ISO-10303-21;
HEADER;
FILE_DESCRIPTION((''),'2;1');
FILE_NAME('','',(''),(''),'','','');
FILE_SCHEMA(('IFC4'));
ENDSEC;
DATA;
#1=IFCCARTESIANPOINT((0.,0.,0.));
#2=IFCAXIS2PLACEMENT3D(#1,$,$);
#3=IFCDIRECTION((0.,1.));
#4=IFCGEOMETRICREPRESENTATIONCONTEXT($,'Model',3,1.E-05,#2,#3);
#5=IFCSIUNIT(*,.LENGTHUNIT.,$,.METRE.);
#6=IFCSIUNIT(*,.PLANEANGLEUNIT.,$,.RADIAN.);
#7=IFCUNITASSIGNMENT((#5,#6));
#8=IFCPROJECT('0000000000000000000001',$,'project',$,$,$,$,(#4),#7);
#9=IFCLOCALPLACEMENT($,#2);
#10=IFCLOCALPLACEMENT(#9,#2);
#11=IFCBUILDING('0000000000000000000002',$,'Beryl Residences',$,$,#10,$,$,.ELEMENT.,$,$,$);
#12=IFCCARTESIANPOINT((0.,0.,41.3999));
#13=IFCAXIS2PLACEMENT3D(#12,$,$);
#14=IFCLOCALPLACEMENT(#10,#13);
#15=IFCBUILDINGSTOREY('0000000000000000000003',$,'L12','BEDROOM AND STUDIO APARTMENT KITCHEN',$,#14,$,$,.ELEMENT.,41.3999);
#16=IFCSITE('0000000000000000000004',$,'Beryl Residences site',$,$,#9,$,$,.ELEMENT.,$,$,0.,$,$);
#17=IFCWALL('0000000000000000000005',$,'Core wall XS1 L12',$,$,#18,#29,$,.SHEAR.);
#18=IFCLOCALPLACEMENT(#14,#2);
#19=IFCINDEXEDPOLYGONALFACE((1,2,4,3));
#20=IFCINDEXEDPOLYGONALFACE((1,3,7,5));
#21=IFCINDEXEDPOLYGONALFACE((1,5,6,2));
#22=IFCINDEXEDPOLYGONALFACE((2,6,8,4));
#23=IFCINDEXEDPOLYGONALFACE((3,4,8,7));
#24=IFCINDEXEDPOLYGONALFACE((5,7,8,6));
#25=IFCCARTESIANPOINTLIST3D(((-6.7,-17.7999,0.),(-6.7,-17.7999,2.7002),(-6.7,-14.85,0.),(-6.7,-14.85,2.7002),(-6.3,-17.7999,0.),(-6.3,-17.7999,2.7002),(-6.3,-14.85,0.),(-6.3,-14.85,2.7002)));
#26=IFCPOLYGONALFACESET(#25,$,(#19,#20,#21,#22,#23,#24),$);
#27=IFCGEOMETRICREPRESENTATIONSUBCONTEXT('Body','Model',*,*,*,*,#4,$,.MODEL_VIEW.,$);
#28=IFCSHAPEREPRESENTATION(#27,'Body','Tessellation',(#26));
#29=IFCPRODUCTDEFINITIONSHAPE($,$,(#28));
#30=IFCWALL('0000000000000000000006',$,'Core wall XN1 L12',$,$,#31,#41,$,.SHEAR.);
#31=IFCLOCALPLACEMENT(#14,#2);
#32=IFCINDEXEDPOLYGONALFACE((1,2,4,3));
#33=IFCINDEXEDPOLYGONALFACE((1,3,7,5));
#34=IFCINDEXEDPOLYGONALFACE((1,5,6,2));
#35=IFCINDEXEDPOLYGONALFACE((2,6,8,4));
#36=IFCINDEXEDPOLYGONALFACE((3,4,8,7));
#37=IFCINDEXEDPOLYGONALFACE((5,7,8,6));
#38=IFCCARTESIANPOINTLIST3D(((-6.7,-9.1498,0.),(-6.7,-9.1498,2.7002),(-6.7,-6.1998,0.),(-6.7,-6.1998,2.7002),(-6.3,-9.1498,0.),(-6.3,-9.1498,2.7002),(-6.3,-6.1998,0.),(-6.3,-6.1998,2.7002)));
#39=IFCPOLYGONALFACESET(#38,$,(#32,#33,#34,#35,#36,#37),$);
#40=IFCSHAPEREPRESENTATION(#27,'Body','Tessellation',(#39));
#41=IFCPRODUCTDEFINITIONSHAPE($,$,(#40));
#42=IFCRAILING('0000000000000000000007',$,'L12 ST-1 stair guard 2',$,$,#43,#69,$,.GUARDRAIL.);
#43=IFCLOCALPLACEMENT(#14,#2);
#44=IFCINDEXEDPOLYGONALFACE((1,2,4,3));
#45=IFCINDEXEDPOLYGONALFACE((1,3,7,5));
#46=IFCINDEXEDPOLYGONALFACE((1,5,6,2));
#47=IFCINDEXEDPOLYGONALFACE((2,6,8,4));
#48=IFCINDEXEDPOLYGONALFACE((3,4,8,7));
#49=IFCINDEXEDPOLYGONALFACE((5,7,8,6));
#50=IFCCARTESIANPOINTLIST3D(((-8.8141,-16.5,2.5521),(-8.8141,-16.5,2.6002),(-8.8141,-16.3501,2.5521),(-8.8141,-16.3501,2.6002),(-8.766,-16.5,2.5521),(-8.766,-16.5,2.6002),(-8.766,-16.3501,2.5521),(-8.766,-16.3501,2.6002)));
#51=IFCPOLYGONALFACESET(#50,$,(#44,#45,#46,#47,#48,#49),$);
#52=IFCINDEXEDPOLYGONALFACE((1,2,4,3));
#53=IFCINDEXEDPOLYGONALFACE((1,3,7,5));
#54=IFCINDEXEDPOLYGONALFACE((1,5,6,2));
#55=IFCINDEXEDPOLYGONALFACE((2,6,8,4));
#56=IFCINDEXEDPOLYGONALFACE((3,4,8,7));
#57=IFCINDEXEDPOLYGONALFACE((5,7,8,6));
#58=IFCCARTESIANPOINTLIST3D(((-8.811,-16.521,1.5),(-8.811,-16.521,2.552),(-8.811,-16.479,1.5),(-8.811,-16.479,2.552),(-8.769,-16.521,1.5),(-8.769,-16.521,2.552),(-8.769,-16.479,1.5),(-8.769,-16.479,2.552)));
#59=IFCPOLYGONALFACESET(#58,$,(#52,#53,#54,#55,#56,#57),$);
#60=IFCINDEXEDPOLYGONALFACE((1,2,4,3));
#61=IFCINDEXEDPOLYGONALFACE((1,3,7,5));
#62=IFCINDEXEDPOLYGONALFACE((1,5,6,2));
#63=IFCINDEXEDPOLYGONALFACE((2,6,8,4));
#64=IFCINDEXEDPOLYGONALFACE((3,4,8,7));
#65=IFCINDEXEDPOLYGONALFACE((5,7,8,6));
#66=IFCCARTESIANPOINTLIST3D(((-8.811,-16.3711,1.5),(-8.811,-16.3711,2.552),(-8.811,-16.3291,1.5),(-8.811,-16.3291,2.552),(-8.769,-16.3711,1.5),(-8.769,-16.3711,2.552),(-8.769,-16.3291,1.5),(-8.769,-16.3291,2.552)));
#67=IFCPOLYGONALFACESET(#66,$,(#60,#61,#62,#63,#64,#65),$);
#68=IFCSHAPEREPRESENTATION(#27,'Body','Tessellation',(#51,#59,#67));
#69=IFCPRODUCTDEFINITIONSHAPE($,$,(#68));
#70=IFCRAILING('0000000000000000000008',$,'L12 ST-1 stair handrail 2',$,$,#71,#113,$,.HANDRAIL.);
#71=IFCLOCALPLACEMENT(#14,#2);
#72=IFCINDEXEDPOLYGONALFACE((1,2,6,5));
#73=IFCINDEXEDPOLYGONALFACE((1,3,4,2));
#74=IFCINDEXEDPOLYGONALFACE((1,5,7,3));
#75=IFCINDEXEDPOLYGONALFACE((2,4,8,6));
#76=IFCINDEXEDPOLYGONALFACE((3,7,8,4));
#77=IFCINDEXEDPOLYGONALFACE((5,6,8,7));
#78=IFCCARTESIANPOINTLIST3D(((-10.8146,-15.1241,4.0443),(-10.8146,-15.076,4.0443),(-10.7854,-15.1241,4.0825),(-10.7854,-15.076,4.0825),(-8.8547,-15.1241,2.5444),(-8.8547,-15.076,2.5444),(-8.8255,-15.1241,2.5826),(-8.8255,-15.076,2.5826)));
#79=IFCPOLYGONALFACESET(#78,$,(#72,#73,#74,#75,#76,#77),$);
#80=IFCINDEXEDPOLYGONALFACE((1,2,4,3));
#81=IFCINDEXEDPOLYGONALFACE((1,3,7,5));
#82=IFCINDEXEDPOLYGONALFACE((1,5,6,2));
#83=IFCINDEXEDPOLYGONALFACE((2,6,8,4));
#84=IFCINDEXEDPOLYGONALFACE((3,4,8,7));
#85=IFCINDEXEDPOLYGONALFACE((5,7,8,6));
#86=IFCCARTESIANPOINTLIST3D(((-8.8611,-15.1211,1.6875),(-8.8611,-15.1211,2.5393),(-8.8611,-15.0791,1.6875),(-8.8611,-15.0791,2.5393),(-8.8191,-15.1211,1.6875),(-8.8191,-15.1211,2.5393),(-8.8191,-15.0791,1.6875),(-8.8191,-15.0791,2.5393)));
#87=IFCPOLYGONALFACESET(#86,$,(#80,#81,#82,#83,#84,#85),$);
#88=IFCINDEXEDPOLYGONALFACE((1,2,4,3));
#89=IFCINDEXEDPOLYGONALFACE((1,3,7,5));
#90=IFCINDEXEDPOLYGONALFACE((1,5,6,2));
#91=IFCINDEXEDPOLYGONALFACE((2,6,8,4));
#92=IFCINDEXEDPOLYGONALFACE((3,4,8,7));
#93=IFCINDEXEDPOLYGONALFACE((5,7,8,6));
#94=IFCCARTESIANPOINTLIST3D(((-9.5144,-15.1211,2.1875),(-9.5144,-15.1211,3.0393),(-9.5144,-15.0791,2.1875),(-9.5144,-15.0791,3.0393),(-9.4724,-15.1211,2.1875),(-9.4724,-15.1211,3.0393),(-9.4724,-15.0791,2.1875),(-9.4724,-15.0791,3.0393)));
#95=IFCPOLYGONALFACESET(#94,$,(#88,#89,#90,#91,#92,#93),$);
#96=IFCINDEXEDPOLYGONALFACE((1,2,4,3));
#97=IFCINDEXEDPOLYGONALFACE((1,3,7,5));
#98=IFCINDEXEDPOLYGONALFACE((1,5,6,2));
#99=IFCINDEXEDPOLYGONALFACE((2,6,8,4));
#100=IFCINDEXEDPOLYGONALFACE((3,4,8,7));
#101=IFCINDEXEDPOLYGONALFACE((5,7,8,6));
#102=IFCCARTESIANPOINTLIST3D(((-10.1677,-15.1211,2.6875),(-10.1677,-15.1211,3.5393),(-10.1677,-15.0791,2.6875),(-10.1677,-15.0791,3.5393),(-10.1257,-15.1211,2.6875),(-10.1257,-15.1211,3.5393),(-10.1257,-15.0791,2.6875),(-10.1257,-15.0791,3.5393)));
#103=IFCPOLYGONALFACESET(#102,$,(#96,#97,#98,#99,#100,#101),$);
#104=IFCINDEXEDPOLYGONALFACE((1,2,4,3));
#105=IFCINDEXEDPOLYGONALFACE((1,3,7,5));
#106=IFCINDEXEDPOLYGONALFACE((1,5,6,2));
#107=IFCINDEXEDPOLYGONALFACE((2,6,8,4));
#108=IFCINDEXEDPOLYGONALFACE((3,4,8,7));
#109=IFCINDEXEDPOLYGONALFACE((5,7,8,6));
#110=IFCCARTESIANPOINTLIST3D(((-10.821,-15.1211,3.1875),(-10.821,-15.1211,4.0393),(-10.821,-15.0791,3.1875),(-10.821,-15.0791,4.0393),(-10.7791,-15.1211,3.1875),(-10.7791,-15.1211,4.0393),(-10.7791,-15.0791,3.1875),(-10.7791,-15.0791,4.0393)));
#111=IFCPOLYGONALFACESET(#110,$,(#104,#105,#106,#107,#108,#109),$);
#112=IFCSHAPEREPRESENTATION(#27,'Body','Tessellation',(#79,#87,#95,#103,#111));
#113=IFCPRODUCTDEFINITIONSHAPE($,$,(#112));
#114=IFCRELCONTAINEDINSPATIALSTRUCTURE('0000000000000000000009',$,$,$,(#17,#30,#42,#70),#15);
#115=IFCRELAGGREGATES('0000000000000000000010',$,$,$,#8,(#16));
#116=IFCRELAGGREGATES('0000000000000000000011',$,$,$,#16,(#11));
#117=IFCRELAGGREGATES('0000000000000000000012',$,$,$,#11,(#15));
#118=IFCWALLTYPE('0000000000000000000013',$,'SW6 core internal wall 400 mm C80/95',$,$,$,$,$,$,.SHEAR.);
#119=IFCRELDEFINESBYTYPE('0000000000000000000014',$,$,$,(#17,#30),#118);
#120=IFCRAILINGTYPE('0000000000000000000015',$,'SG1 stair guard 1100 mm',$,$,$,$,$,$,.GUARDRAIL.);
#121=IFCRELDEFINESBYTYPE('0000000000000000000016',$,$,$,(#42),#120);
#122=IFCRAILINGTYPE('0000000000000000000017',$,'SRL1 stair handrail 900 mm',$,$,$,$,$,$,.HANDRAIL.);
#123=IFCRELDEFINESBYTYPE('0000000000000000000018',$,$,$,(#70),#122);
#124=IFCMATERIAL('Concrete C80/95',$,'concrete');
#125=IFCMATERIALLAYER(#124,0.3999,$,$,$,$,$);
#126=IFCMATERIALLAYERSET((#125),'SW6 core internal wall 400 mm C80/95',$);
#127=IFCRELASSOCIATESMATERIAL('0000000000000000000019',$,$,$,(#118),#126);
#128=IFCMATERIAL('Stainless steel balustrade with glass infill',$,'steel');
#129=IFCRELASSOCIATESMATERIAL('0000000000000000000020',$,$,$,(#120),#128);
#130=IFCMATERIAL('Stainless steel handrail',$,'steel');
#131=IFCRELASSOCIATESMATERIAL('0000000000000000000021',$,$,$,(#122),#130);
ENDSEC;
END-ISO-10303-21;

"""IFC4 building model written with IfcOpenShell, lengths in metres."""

from ifc_helpers import new_model, si_unit, direction, frame, frame_2d, origin, origin_2d, place, context, subcontext, project, spatial, rectangle, extrude, material, layer, layer_set, type_object, element, save


model = new_model("IFC4")

# Units and contexts
model_context = context("Model", 3, precision=1e-05, world=origin(), true_north=direction((0.0, 1.0)))
body_context = subcontext(model_context, "Body", "Model", "MODEL_VIEW")
ifc_project = project(units=[si_unit("LENGTHUNIT", "METRE"), si_unit("PLANEANGLEUNIT", "RADIAN")], contexts=[model_context])

# Site, building, storey
site_placement = place(None, origin())
site = spatial("IfcSite", under=ifc_project, at=site_placement, Name="Beryl Residences site", CompositionType="ELEMENT", RefElevation=0.0)
building_placement = place(site_placement, origin())
building = spatial("IfcBuilding", under=site, at=building_placement, Name="Beryl Residences", CompositionType="ELEMENT")
storey_placement = place(building_placement, frame((0.0, 0.0, 41.3999)))
storey = spatial("IfcBuildingStorey", under=building, at=storey_placement, Name="L12", Description="BEDROOM AND STUDIO APARTMENT KITCHEN", CompositionType="ELEMENT", Elevation=41.3999)

# Walls
ifc_material_1 = material(Name="Concrete C80/95", Category="concrete")
ifc_layer_1 = layer(ifc_material_1, 0.3999)
ifc_layer_set_1 = layer_set([ifc_layer_1], Name="SW6 core internal wall 400 mm C80/95")
wall_type_1 = type_object("IfcWallType", Name="SW6 core internal wall 400 mm C80/95", PredefinedType="SHEAR", material=ifc_layer_set_1)
for number, where, z_axis, x_axis, name in (
    (1, (-6.5, -17.8, 0.0), (0.0, 0.0, 1.0), (0.0, 1.0, 0.0), "Core wall XS1 L12"),
    (2, (-6.5, -9.1499, 0.0), (0.0, 0.0, 1.0), (0.0, 1.0, 0.0), "Core wall XN1 L12"),
):
    element("IfcWall", number, at=place(storey_placement, frame(where, z_axis=z_axis, x_axis=x_axis)), inside=storey, type_object=wall_type_1, Name=name, PredefinedType="SHEAR", context=body_context, shape_type="SweptSolid", body=[
        extrude(rectangle(XDim=2.95, YDim=0.3999, at=frame_2d((1.4751, 0.0))), origin(), (0.0, 0.0, 1.0), 2.7002),
    ])

# Railings
ifc_material_2 = material(Name="Stainless steel balustrade with glass infill", Category="steel")
railing_type_1 = type_object("IfcRailingType", Name="SG1 stair guard 1100 mm", PredefinedType="GUARDRAIL", material=ifc_material_2)
railing_1_placement = place(storey_placement, frame((-8.79, -16.5, 1.5)))
element("IfcRailing", 3, at=railing_1_placement, inside=storey, type_object=railing_type_1, Name="L12 ST-1 stair guard 2", PredefinedType="GUARDRAIL", context=body_context, shape_type="SweptSolid", body=[
    extrude(rectangle(XDim=0.0481, YDim=0.0481, at=origin_2d()), frame((0.0, 0.0, 1.0762), z_axis=(0.0, 1.0, 0.0), x_axis=(-1.0, 0.0, 0.0)), (0.0, 0.0, 1.0), 0.1499),
    extrude(rectangle(XDim=0.042, YDim=0.042, at=origin_2d()), origin(), (0.0, 0.0, 1.0), 1.052),
    extrude(rectangle(XDim=0.042, YDim=0.042, at=origin_2d()), frame((0.0, 0.1499, 0.0)), (0.0, 0.0, 1.0), 1.052),
])
ifc_material_3 = material(Name="Stainless steel handrail", Category="steel")
railing_type_2 = type_object("IfcRailingType", Name="SRL1 stair handrail 900 mm", PredefinedType="HANDRAIL", material=ifc_material_3)
railing_2_placement = place(storey_placement, frame((-8.8401, -15.1001, 1.6875)))
element("IfcRailing", 4, at=railing_2_placement, inside=storey, type_object=railing_type_2, Name="L12 ST-1 stair handrail 2", PredefinedType="HANDRAIL", context=body_context, shape_type="SweptSolid", body=[
    extrude(rectangle(XDim=0.0481, YDim=0.0481, at=origin_2d()), frame((0.0, 0.0, 0.876), z_axis=(-0.794122, 0.0, 0.607758), x_axis=(0.0, -1.0, 0.0)), (0.0, 0.0, 1.0), 2.468),
    extrude(rectangle(XDim=0.042, YDim=0.042, at=origin_2d()), origin(), (0.0, 0.0, 1.0), 0.8518),
    extrude(rectangle(XDim=0.042, YDim=0.042, at=origin_2d()), frame((-0.6533, 0.0, 0.5)), (0.0, 0.0, 1.0), 0.8518),
    extrude(rectangle(XDim=0.042, YDim=0.042, at=origin_2d()), frame((-1.3066, 0.0, 1.0)), (0.0, 0.0, 1.0), 0.8518),
    extrude(rectangle(XDim=0.042, YDim=0.042, at=origin_2d()), frame((-1.96, 0.0, 1.5)), (0.0, 0.0, 1.0), 0.8518),
])

save(model, "model.ifc")
